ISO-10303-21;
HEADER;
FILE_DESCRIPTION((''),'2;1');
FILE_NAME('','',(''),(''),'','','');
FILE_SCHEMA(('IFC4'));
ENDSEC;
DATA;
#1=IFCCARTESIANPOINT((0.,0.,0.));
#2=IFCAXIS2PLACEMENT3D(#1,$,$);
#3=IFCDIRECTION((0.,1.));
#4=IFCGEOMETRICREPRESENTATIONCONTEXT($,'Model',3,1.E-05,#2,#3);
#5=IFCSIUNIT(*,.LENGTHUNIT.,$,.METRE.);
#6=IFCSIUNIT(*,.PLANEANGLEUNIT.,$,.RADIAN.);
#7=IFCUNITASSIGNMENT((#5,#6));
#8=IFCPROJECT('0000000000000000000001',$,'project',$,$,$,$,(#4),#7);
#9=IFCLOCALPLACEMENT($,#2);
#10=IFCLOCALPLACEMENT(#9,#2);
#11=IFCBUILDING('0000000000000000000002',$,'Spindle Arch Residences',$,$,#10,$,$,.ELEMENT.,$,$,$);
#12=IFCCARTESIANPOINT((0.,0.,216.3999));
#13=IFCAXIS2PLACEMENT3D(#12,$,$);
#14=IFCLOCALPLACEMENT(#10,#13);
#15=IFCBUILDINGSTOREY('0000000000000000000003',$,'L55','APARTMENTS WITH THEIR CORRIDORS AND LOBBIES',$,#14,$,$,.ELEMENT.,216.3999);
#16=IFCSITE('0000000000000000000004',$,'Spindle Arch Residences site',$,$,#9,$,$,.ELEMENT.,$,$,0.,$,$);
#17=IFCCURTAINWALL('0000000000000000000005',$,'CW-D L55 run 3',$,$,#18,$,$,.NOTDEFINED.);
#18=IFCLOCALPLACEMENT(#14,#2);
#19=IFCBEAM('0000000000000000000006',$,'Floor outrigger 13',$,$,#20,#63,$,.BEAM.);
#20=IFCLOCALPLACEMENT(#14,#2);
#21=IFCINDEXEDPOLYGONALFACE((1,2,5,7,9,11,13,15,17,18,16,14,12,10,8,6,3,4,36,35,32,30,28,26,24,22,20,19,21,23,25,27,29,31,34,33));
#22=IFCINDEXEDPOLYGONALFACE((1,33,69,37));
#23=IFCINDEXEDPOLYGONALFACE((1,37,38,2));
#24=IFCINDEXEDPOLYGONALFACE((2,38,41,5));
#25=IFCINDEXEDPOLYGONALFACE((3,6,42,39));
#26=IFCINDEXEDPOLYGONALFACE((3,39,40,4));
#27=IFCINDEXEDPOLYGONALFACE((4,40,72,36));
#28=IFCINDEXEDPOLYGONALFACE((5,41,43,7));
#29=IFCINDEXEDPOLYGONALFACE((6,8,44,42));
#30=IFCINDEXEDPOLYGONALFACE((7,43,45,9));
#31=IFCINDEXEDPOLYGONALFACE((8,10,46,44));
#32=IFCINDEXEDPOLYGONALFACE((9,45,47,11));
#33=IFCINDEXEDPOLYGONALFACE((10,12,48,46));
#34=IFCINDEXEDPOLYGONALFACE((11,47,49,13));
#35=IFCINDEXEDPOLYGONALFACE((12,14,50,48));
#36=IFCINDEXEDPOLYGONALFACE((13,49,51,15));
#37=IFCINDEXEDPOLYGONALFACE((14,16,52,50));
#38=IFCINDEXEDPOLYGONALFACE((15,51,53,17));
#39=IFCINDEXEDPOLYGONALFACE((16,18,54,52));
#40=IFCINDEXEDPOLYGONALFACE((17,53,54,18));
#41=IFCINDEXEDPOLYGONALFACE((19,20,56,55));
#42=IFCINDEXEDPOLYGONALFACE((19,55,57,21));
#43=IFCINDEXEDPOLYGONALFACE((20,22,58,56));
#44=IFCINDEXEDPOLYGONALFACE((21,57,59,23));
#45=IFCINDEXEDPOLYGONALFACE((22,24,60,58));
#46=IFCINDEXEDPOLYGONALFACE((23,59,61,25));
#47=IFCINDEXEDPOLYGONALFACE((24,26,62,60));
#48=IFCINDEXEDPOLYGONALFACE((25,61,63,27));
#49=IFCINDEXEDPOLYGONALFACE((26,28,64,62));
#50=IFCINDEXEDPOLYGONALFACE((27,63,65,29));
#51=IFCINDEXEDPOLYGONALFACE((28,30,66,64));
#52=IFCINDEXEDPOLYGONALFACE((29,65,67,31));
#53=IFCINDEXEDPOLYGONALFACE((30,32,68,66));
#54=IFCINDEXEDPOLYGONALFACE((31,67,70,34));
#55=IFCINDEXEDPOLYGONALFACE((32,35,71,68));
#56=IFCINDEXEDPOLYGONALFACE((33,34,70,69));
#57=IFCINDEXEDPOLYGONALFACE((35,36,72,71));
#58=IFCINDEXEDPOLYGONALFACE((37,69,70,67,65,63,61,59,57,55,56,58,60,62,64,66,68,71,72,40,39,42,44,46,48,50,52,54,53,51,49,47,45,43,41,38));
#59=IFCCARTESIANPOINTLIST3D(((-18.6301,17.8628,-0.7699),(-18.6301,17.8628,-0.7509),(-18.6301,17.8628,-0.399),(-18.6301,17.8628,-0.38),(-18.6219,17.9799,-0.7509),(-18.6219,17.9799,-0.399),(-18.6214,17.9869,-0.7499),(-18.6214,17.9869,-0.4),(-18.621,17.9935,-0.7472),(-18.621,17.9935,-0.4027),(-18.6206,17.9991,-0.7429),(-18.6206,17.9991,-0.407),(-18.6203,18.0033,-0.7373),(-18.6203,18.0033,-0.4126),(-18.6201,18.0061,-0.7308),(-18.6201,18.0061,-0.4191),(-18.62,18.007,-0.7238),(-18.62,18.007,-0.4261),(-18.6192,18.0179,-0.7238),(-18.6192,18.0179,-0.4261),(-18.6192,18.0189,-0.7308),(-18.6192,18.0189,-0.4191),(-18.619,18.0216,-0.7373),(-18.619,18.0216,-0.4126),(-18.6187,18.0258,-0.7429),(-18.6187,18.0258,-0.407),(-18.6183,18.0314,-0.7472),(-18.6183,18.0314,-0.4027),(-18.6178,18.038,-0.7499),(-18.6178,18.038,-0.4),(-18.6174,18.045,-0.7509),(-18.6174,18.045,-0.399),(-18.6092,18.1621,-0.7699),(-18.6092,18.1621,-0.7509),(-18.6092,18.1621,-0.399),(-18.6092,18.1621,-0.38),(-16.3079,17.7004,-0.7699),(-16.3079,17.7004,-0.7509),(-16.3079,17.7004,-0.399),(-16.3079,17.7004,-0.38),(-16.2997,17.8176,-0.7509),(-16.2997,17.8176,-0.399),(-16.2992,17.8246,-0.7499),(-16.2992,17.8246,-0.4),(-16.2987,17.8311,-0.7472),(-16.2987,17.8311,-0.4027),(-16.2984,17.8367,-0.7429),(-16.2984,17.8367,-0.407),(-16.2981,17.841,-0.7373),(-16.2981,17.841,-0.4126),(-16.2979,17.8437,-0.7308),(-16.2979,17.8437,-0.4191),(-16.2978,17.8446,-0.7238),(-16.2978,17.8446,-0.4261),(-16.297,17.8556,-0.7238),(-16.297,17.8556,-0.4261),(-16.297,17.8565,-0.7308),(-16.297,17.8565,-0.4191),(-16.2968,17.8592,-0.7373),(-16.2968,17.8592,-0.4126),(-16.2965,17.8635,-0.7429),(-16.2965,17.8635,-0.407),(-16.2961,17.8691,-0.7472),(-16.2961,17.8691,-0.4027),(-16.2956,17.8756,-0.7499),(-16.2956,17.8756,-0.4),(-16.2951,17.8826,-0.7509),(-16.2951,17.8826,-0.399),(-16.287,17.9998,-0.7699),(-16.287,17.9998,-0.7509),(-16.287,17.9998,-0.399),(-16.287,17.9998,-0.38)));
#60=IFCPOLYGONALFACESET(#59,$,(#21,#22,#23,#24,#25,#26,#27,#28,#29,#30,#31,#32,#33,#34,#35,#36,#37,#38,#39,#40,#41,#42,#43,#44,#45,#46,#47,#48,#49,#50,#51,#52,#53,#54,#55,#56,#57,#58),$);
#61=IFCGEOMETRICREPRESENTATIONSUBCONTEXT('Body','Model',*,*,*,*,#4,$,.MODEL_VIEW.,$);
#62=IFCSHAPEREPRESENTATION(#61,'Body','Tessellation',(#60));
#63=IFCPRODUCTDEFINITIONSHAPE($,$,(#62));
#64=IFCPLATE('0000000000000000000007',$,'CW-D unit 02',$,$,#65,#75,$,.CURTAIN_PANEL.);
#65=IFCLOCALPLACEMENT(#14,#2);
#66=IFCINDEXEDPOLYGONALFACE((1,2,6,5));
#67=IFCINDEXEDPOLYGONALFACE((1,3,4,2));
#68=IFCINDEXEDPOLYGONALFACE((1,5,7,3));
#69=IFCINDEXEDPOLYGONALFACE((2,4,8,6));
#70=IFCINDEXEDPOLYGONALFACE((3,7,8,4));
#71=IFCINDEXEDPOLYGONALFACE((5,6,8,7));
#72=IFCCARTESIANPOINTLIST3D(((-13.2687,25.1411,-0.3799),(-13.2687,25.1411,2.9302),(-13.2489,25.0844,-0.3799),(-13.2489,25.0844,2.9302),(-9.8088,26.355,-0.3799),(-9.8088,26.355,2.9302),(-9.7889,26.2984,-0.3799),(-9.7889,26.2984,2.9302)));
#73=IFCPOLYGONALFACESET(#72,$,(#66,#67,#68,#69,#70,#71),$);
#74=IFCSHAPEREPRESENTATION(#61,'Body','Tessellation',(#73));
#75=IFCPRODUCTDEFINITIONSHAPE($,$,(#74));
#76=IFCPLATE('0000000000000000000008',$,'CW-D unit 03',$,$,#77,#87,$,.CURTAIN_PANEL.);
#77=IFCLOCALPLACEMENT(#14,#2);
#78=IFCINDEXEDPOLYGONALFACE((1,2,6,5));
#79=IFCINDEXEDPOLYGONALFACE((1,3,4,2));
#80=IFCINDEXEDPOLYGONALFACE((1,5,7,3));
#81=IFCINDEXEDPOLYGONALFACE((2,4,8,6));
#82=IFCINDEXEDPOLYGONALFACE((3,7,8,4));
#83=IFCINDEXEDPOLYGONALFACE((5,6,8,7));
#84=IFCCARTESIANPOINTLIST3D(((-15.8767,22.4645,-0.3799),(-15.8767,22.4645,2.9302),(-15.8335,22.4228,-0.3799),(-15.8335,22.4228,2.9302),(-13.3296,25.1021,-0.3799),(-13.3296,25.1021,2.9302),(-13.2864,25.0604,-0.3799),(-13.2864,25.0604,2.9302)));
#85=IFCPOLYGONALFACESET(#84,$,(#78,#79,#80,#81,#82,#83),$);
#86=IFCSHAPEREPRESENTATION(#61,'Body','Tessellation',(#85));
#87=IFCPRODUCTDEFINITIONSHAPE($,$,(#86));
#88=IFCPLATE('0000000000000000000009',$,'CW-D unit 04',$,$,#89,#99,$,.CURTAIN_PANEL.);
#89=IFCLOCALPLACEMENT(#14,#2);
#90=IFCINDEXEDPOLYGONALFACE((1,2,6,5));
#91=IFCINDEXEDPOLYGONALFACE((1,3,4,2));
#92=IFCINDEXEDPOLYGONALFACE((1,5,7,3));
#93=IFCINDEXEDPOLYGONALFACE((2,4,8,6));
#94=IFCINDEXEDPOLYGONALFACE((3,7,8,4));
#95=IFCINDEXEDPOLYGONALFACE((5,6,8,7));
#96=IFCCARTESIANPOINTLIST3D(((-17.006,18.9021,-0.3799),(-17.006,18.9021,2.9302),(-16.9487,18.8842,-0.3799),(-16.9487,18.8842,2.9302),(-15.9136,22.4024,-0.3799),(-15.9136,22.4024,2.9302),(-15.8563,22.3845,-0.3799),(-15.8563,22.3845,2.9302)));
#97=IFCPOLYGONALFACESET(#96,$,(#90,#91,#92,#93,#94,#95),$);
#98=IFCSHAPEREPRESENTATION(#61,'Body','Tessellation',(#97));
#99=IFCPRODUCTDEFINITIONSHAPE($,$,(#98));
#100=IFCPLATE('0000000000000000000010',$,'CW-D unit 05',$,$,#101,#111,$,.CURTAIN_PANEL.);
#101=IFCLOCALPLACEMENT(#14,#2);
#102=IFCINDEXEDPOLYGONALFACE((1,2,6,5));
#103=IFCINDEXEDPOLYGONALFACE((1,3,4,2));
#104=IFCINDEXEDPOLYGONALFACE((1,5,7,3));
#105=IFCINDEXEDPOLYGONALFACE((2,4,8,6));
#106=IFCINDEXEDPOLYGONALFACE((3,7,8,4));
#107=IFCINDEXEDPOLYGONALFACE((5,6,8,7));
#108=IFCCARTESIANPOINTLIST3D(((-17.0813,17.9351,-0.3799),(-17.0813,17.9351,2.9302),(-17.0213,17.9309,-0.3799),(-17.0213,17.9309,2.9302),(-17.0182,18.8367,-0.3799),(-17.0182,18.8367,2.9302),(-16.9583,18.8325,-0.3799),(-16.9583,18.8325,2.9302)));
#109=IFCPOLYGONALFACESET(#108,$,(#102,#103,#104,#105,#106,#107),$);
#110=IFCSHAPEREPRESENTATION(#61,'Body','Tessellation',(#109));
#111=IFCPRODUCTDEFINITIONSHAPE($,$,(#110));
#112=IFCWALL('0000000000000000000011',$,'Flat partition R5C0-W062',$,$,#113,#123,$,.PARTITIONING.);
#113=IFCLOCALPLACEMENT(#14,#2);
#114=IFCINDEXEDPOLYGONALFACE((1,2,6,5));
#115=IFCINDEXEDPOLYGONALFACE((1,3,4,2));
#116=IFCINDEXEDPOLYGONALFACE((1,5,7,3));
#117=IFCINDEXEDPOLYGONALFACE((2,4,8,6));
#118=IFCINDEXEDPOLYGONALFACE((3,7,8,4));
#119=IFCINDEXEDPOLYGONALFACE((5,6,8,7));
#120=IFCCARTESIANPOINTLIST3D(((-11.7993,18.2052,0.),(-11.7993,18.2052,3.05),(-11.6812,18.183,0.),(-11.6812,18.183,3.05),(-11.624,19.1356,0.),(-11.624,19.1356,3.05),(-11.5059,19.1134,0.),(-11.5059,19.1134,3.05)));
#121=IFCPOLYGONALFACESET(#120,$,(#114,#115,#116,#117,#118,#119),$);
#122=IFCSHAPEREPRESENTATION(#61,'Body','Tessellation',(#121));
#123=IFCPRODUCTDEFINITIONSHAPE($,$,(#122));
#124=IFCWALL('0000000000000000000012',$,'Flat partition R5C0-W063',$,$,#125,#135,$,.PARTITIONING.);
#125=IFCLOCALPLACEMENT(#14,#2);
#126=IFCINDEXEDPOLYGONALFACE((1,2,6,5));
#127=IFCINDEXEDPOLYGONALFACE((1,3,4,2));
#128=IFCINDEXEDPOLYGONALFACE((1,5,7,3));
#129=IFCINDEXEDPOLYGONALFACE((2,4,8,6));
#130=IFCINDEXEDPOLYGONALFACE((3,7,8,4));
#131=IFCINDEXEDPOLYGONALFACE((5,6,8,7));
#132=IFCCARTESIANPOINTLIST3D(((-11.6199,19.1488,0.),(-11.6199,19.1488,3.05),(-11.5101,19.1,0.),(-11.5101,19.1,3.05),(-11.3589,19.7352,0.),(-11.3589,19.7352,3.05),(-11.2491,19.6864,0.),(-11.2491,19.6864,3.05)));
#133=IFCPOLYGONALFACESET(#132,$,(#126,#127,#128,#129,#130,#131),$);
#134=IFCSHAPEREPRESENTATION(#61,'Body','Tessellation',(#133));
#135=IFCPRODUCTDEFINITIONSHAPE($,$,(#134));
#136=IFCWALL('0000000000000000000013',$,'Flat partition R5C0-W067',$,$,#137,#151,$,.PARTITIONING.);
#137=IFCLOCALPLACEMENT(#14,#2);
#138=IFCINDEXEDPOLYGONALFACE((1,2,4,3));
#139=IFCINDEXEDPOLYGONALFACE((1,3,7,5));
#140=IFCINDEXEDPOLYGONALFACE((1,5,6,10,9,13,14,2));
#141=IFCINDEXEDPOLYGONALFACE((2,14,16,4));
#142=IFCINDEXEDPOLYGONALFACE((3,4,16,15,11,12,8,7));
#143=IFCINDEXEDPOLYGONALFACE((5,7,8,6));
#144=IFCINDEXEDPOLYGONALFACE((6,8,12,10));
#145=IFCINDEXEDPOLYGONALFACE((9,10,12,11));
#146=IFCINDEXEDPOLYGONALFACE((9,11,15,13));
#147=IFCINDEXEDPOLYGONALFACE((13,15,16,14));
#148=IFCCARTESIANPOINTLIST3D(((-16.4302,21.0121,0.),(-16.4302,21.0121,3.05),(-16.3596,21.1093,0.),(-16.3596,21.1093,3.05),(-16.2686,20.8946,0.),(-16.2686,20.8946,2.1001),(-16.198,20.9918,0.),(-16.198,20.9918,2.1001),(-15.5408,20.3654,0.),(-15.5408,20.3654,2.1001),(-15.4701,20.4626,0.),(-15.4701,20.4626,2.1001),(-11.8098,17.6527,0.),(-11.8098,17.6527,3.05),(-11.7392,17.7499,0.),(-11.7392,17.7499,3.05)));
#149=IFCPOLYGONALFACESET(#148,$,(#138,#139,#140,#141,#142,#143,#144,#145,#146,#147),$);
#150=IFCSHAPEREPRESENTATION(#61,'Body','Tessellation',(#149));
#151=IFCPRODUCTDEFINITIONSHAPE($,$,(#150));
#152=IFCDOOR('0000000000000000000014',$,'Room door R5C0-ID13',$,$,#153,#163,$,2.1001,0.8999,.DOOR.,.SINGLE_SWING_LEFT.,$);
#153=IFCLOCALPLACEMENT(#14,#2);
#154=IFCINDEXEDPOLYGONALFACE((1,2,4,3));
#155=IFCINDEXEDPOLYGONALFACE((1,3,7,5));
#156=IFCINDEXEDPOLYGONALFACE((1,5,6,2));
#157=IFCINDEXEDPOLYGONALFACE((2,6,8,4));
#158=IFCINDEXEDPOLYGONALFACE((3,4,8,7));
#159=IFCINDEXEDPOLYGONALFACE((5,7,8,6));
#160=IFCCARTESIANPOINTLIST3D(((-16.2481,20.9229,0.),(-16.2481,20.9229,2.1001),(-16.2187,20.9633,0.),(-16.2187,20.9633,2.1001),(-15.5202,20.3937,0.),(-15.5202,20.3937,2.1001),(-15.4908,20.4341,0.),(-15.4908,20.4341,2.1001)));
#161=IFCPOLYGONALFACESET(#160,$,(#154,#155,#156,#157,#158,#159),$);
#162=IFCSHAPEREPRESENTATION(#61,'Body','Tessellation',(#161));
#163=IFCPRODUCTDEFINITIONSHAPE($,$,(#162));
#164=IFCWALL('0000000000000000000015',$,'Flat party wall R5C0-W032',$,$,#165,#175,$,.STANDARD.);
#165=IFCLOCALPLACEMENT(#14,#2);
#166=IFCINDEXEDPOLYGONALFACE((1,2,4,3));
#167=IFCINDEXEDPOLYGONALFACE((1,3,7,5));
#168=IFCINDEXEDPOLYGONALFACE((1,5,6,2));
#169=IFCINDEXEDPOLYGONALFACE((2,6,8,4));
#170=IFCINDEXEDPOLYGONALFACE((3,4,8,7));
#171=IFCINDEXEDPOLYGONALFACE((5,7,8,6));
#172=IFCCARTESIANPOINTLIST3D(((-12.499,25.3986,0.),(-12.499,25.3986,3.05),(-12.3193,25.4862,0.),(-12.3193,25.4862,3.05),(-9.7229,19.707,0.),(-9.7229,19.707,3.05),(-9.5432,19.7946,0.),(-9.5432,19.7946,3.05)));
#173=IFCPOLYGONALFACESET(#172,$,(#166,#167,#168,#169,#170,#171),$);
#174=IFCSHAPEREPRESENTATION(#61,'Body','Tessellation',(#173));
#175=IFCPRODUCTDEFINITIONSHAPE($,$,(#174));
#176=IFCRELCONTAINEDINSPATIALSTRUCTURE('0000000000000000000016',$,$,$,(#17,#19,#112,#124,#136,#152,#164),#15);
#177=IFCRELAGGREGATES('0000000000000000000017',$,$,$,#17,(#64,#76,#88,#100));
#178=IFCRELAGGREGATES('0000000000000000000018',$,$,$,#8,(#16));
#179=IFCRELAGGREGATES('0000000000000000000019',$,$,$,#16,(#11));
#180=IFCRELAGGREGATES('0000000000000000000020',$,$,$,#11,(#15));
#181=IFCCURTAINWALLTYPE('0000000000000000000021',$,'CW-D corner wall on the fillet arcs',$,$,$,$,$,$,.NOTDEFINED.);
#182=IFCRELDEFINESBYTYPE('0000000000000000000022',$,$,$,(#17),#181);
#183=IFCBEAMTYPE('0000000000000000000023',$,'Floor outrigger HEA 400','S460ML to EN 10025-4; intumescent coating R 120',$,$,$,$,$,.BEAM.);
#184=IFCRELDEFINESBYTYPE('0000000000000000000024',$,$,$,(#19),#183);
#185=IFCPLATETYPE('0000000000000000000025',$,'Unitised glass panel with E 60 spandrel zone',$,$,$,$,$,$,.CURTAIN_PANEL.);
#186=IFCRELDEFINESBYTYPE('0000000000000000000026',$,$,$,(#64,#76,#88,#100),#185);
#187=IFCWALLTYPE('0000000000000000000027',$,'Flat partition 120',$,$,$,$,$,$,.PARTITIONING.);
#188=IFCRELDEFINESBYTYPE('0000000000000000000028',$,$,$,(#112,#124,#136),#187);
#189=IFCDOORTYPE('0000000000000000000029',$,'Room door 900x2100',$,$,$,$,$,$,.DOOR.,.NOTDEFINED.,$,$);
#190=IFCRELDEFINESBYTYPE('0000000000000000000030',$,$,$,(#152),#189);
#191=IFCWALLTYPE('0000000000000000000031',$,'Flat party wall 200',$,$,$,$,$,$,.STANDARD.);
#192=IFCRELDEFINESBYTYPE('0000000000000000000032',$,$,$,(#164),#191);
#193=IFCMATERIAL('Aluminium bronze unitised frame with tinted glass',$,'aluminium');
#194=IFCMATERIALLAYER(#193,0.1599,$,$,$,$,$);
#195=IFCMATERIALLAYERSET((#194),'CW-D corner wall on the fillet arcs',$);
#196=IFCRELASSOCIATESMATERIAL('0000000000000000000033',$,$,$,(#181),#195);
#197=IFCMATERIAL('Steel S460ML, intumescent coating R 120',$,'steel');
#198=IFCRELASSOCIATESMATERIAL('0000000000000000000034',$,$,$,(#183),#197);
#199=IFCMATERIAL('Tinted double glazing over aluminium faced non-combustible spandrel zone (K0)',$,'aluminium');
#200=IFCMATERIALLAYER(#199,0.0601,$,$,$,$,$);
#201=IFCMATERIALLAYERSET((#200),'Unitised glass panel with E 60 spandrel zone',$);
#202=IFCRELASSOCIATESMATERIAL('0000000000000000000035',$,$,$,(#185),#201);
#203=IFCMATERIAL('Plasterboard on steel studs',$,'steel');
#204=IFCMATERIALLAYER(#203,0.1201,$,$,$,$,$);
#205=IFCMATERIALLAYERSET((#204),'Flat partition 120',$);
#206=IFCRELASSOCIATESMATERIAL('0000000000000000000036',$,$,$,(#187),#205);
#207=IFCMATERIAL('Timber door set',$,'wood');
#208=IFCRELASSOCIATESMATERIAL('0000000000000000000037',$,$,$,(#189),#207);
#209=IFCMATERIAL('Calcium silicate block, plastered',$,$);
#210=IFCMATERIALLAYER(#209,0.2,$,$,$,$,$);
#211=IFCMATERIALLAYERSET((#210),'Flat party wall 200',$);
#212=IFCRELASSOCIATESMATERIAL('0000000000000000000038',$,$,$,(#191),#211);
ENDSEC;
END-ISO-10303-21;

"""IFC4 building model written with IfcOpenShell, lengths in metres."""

from ifc_helpers import new_model, si_unit, direction, frame, frame_2d, origin, origin_2d, place, context, subcontext, project, spatial, rectangle, i_section, extrude, material, layer, layer_set, material_profile, profile_set, type_object, element, fill, aggregate, save


model = new_model("IFC4")

# Units and contexts
model_context = context("Model", 3, precision=1e-05, world=origin(), true_north=direction((0.0, 1.0)))
body_context = subcontext(model_context, "Body", "Model", "MODEL_VIEW")
ifc_project = project(units=[si_unit("LENGTHUNIT", "METRE"), si_unit("PLANEANGLEUNIT", "RADIAN")], contexts=[model_context])

# Site, building, storey
site_placement = place(None, origin())
site = spatial("IfcSite", under=ifc_project, at=site_placement, Name="Spindle Arch Residences site", CompositionType="ELEMENT", RefElevation=0.0)
building_placement = place(site_placement, origin())
building = spatial("IfcBuilding", under=site, at=building_placement, Name="Spindle Arch Residences", CompositionType="ELEMENT")
storey_placement = place(building_placement, frame((0.0, 0.0, 216.3999)))
storey = spatial("IfcBuildingStorey", under=building, at=storey_placement, Name="L55", Description="APARTMENTS WITH THEIR CORRIDORS AND LOBBIES", CompositionType="ELEMENT", Elevation=216.3999)

# Curtain wall
ifc_material_1 = material(Name="Aluminium bronze unitised frame with tinted glass", Category="aluminium")
ifc_layer_1 = layer(ifc_material_1, 0.1599)
ifc_layer_set_1 = layer_set([ifc_layer_1], Name="CW-D corner wall on the fillet arcs")
curtain_wall_type_1 = type_object("IfcCurtainWallType", Name="CW-D corner wall on the fillet arcs", PredefinedType="NOTDEFINED", material=ifc_layer_set_1)
curtain_wall_1_placement = place(storey_placement, origin())
curtain_wall_1 = element("IfcCurtainWall", 1, at=curtain_wall_1_placement, inside=storey, type_object=curtain_wall_type_1, Name="CW-D L55 run 3", PredefinedType="NOTDEFINED")

# Beam
ifc_material_2 = material(Name="Steel S460ML, intumescent coating R 120", Category="steel")
ifc_material_profile_1 = material_profile(ifc_material_2, i_section(OverallWidth=0.3, OverallDepth=0.3899, WebThickness=0.011, FlangeThickness=0.019, FilletRadius=0.0271, at=origin_2d()), Name="HEA 400")
ifc_profile_set_1 = profile_set([ifc_material_profile_1], Name="Steel S460ML, intumescent coating R 120")
beam_type_1 = type_object("IfcBeamType", Name="Floor outrigger HEA 400", Description="S460ML to EN 10025-4; intumescent coating R 120", PredefinedType="BEAM", material=ifc_profile_set_1)
beam_1_placement = place(storey_placement, frame((-18.6196, 18.0125, -0.575), z_axis=(0.997565, -0.069741, 0.0), x_axis=(0.069741, 0.997565, 0.0)))
element("IfcBeam", 2, at=beam_1_placement, inside=storey, type_object=beam_type_1, Name="Floor outrigger 13", PredefinedType="BEAM", context=body_context, shape_type="SweptSolid", body=[
    extrude(i_section(OverallWidth=0.3, OverallDepth=0.3899, WebThickness=0.011, FlangeThickness=0.019, FilletRadius=0.0271, at=origin_2d()), origin(), (0.0, 0.0, 1.0), 2.3279),
])

# Plates
ifc_material_3 = material(Name="Tinted double glazing over aluminium faced non-combustible spandrel zone (K0)", Category="aluminium")
ifc_layer_2 = layer(ifc_material_3, 0.0601)
ifc_layer_set_2 = layer_set([ifc_layer_2], Name="Unitised glass panel with E 60 spandrel zone")
plate_type = type_object("IfcPlateType", Name="Unitised glass panel with E 60 spandrel zone", PredefinedType="CURTAIN_PANEL", material=ifc_layer_set_2)
plate_1_placement = place(storey_placement, frame((-11.5288, 25.7197, -0.3799), z_axis=(0.0, 0.0, 1.0), x_axis=(-0.943609, -0.331063, 0.0)))
plate_1 = element("IfcPlate", 3, at=plate_1_placement, type_object=plate_type, Name="CW-D unit 02", PredefinedType="CURTAIN_PANEL", context=body_context, shape_type="SweptSolid", body=[
    extrude(rectangle(XDim=3.6667, YDim=0.0601, at=origin_2d()), origin(), (0.0, 0.0, 1.0), 3.3101),
])
plate_2_placement = place(storey_placement, frame((-14.5815, 23.7625, -0.3799), z_axis=(0.0, 0.0, 1.0), x_axis=(-0.694658, -0.71934, 0.0)))
plate_2 = element("IfcPlate", 4, at=plate_2_placement, type_object=plate_type, Name="CW-D unit 03", PredefinedType="CURTAIN_PANEL", context=body_context, shape_type="SweptSolid", body=[
    extrude(rectangle(XDim=3.6667, YDim=0.0601, at=origin_2d()), origin(), (0.0, 0.0, 1.0), 3.3101),
])
plate_3_placement = place(storey_placement, frame((-16.4312, 20.6433, -0.3799), z_axis=(0.0, 0.0, 1.0), x_axis=(-0.29793, -0.954588, 0.0)))
plate_3 = element("IfcPlate", 5, at=plate_3_placement, type_object=plate_type, Name="CW-D unit 04", PredefinedType="CURTAIN_PANEL", context=body_context, shape_type="SweptSolid", body=[
    extrude(rectangle(XDim=3.6667, YDim=0.0601, at=origin_2d()), origin(), (0.0, 0.0, 1.0), 3.3101),
])
plate_4_placement = place(storey_placement, frame((-17.0198, 18.3838, -0.3799), z_axis=(0.0, 0.0, 1.0), x_axis=(-0.069756, -0.997564, 0.0)))
plate_4 = element("IfcPlate", 6, at=plate_4_placement, type_object=plate_type, Name="CW-D unit 05", PredefinedType="CURTAIN_PANEL", context=body_context, shape_type="SweptSolid", body=[
    extrude(rectangle(XDim=0.9038, YDim=0.0601, at=origin_2d()), origin(), (0.0, 0.0, 1.0), 3.3101),
])
aggregate(curtain_wall_1, [plate_1, plate_2, plate_3, plate_4])

# Walls
ifc_material_4 = material(Name="Plasterboard on steel studs", Category="steel")
ifc_layer_3 = layer(ifc_material_4, 0.1201)
ifc_layer_set_3 = layer_set([ifc_layer_3], Name="Flat partition 120")
wall_type_1 = type_object("IfcWallType", Name="Flat partition 120", PredefinedType="PARTITIONING", material=ifc_layer_set_3)
wall_1_placement = place(storey_placement, frame((-11.7402, 18.1941, 0.0), z_axis=(0.0, 0.0, 1.0), x_axis=(0.185145, 0.982711, 0.0)))
element("IfcWall", 7, at=wall_1_placement, inside=storey, type_object=wall_type_1, Name="Flat partition R5C0-W062", PredefinedType="PARTITIONING", context=body_context, shape_type="SweptSolid", body=[
    extrude(rectangle(XDim=0.9468, YDim=0.1201, at=frame_2d((0.4734, 0.0))), origin(), (0.0, 0.0, 1.0), 3.05),
])
wall_2_placement = place(storey_placement, frame((-11.5649, 19.1245, 0.0), z_axis=(0.0, 0.0, 1.0), x_axis=(0.406597, 0.913608, 0.0)))
element("IfcWall", 8, at=wall_2_placement, inside=storey, type_object=wall_type_1, Name="Flat partition R5C0-W063", PredefinedType="PARTITIONING", context=body_context, shape_type="SweptSolid", body=[
    extrude(rectangle(XDim=0.6418, YDim=0.1201, at=frame_2d((0.3208, 0.0))), origin(), (0.0, 0.0, 1.0), 3.05),
])

# Wall, opening, door
wall_3_placement = place(storey_placement, frame((-16.395, 21.0608, 0.0), z_axis=(0.0, 0.0, 1.0), x_axis=(0.80881, -0.58807, 0.0)))
wall_3 = element("IfcWall", 9, at=wall_3_placement, inside=storey, type_object=wall_type_1, Name="Flat partition R5C0-W067", PredefinedType="PARTITIONING", context=body_context, shape_type="SweptSolid", body=[
    extrude(rectangle(XDim=5.7126, YDim=0.1201, at=frame_2d((2.8564, 0.0))), origin(), (0.0, 0.0, 1.0), 3.05),
])
opening_placement = place(wall_3_placement, frame((0.2, 0.0, 0.0)))
opening = element("IfcOpeningElement", 10, at=opening_placement, cuts=wall_3, PredefinedType="OPENING", context=body_context, shape_type="SweptSolid", body=[
    extrude(rectangle(XDim=0.8999, YDim=2.1001, at=frame_2d((0.45, 1.05))), frame((0.0, 0.0701, 0.0), z_axis=(0.0, -1.0, 0.0), x_axis=(1.0, 0.0, 0.0)), (0.0, 0.0, 1.0), 0.1401),
])
ifc_material_5 = material(Name="Timber door set", Category="wood")
door_type = type_object("IfcDoorType", Name="Room door 900x2100", OperationType="NOTDEFINED", PredefinedType="DOOR", material=ifc_material_5)
door_placement = place(opening_placement, origin())
door = element("IfcDoor", 11, at=door_placement, inside=storey, type_object=door_type, Name="Room door R5C0-ID13", OperationType="SINGLE_SWING_LEFT", OverallHeight=2.1001, OverallWidth=0.8999, PredefinedType="DOOR", context=body_context, shape_type="SweptSolid", body=[
    extrude(rectangle(XDim=0.8999, YDim=2.1001, at=frame_2d((0.45, 1.05))), frame((0.0, 0.0249, 0.0), z_axis=(0.0, -1.0, 0.0), x_axis=(1.0, 0.0, 0.0)), (0.0, 0.0, 1.0), 0.05),
])
fill(opening, door)

# Wall
ifc_material_6 = material(Name="Calcium silicate block, plastered")
ifc_layer_4 = layer(ifc_material_6, 0.2)
ifc_layer_set_4 = layer_set([ifc_layer_4], Name="Flat party wall 200")
wall_type_2 = type_object("IfcWallType", Name="Flat party wall 200", PredefinedType="STANDARD", material=ifc_layer_set_4)
wall_4_placement = place(storey_placement, frame((-12.4092, 25.4424, 0.0), z_axis=(0.0, 0.0, 1.0), x_axis=(0.438386, -0.898787, 0.0)))
element("IfcWall", 12, at=wall_4_placement, inside=storey, type_object=wall_type_2, Name="Flat party wall R5C0-W032", PredefinedType="STANDARD", context=body_context, shape_type="SweptSolid", body=[
    extrude(rectangle(XDim=6.3325, YDim=0.2, at=frame_2d((3.1663, 0.0))), origin(), (0.0, 0.0, 1.0), 3.05),
])

save(model, "model.ifc")
